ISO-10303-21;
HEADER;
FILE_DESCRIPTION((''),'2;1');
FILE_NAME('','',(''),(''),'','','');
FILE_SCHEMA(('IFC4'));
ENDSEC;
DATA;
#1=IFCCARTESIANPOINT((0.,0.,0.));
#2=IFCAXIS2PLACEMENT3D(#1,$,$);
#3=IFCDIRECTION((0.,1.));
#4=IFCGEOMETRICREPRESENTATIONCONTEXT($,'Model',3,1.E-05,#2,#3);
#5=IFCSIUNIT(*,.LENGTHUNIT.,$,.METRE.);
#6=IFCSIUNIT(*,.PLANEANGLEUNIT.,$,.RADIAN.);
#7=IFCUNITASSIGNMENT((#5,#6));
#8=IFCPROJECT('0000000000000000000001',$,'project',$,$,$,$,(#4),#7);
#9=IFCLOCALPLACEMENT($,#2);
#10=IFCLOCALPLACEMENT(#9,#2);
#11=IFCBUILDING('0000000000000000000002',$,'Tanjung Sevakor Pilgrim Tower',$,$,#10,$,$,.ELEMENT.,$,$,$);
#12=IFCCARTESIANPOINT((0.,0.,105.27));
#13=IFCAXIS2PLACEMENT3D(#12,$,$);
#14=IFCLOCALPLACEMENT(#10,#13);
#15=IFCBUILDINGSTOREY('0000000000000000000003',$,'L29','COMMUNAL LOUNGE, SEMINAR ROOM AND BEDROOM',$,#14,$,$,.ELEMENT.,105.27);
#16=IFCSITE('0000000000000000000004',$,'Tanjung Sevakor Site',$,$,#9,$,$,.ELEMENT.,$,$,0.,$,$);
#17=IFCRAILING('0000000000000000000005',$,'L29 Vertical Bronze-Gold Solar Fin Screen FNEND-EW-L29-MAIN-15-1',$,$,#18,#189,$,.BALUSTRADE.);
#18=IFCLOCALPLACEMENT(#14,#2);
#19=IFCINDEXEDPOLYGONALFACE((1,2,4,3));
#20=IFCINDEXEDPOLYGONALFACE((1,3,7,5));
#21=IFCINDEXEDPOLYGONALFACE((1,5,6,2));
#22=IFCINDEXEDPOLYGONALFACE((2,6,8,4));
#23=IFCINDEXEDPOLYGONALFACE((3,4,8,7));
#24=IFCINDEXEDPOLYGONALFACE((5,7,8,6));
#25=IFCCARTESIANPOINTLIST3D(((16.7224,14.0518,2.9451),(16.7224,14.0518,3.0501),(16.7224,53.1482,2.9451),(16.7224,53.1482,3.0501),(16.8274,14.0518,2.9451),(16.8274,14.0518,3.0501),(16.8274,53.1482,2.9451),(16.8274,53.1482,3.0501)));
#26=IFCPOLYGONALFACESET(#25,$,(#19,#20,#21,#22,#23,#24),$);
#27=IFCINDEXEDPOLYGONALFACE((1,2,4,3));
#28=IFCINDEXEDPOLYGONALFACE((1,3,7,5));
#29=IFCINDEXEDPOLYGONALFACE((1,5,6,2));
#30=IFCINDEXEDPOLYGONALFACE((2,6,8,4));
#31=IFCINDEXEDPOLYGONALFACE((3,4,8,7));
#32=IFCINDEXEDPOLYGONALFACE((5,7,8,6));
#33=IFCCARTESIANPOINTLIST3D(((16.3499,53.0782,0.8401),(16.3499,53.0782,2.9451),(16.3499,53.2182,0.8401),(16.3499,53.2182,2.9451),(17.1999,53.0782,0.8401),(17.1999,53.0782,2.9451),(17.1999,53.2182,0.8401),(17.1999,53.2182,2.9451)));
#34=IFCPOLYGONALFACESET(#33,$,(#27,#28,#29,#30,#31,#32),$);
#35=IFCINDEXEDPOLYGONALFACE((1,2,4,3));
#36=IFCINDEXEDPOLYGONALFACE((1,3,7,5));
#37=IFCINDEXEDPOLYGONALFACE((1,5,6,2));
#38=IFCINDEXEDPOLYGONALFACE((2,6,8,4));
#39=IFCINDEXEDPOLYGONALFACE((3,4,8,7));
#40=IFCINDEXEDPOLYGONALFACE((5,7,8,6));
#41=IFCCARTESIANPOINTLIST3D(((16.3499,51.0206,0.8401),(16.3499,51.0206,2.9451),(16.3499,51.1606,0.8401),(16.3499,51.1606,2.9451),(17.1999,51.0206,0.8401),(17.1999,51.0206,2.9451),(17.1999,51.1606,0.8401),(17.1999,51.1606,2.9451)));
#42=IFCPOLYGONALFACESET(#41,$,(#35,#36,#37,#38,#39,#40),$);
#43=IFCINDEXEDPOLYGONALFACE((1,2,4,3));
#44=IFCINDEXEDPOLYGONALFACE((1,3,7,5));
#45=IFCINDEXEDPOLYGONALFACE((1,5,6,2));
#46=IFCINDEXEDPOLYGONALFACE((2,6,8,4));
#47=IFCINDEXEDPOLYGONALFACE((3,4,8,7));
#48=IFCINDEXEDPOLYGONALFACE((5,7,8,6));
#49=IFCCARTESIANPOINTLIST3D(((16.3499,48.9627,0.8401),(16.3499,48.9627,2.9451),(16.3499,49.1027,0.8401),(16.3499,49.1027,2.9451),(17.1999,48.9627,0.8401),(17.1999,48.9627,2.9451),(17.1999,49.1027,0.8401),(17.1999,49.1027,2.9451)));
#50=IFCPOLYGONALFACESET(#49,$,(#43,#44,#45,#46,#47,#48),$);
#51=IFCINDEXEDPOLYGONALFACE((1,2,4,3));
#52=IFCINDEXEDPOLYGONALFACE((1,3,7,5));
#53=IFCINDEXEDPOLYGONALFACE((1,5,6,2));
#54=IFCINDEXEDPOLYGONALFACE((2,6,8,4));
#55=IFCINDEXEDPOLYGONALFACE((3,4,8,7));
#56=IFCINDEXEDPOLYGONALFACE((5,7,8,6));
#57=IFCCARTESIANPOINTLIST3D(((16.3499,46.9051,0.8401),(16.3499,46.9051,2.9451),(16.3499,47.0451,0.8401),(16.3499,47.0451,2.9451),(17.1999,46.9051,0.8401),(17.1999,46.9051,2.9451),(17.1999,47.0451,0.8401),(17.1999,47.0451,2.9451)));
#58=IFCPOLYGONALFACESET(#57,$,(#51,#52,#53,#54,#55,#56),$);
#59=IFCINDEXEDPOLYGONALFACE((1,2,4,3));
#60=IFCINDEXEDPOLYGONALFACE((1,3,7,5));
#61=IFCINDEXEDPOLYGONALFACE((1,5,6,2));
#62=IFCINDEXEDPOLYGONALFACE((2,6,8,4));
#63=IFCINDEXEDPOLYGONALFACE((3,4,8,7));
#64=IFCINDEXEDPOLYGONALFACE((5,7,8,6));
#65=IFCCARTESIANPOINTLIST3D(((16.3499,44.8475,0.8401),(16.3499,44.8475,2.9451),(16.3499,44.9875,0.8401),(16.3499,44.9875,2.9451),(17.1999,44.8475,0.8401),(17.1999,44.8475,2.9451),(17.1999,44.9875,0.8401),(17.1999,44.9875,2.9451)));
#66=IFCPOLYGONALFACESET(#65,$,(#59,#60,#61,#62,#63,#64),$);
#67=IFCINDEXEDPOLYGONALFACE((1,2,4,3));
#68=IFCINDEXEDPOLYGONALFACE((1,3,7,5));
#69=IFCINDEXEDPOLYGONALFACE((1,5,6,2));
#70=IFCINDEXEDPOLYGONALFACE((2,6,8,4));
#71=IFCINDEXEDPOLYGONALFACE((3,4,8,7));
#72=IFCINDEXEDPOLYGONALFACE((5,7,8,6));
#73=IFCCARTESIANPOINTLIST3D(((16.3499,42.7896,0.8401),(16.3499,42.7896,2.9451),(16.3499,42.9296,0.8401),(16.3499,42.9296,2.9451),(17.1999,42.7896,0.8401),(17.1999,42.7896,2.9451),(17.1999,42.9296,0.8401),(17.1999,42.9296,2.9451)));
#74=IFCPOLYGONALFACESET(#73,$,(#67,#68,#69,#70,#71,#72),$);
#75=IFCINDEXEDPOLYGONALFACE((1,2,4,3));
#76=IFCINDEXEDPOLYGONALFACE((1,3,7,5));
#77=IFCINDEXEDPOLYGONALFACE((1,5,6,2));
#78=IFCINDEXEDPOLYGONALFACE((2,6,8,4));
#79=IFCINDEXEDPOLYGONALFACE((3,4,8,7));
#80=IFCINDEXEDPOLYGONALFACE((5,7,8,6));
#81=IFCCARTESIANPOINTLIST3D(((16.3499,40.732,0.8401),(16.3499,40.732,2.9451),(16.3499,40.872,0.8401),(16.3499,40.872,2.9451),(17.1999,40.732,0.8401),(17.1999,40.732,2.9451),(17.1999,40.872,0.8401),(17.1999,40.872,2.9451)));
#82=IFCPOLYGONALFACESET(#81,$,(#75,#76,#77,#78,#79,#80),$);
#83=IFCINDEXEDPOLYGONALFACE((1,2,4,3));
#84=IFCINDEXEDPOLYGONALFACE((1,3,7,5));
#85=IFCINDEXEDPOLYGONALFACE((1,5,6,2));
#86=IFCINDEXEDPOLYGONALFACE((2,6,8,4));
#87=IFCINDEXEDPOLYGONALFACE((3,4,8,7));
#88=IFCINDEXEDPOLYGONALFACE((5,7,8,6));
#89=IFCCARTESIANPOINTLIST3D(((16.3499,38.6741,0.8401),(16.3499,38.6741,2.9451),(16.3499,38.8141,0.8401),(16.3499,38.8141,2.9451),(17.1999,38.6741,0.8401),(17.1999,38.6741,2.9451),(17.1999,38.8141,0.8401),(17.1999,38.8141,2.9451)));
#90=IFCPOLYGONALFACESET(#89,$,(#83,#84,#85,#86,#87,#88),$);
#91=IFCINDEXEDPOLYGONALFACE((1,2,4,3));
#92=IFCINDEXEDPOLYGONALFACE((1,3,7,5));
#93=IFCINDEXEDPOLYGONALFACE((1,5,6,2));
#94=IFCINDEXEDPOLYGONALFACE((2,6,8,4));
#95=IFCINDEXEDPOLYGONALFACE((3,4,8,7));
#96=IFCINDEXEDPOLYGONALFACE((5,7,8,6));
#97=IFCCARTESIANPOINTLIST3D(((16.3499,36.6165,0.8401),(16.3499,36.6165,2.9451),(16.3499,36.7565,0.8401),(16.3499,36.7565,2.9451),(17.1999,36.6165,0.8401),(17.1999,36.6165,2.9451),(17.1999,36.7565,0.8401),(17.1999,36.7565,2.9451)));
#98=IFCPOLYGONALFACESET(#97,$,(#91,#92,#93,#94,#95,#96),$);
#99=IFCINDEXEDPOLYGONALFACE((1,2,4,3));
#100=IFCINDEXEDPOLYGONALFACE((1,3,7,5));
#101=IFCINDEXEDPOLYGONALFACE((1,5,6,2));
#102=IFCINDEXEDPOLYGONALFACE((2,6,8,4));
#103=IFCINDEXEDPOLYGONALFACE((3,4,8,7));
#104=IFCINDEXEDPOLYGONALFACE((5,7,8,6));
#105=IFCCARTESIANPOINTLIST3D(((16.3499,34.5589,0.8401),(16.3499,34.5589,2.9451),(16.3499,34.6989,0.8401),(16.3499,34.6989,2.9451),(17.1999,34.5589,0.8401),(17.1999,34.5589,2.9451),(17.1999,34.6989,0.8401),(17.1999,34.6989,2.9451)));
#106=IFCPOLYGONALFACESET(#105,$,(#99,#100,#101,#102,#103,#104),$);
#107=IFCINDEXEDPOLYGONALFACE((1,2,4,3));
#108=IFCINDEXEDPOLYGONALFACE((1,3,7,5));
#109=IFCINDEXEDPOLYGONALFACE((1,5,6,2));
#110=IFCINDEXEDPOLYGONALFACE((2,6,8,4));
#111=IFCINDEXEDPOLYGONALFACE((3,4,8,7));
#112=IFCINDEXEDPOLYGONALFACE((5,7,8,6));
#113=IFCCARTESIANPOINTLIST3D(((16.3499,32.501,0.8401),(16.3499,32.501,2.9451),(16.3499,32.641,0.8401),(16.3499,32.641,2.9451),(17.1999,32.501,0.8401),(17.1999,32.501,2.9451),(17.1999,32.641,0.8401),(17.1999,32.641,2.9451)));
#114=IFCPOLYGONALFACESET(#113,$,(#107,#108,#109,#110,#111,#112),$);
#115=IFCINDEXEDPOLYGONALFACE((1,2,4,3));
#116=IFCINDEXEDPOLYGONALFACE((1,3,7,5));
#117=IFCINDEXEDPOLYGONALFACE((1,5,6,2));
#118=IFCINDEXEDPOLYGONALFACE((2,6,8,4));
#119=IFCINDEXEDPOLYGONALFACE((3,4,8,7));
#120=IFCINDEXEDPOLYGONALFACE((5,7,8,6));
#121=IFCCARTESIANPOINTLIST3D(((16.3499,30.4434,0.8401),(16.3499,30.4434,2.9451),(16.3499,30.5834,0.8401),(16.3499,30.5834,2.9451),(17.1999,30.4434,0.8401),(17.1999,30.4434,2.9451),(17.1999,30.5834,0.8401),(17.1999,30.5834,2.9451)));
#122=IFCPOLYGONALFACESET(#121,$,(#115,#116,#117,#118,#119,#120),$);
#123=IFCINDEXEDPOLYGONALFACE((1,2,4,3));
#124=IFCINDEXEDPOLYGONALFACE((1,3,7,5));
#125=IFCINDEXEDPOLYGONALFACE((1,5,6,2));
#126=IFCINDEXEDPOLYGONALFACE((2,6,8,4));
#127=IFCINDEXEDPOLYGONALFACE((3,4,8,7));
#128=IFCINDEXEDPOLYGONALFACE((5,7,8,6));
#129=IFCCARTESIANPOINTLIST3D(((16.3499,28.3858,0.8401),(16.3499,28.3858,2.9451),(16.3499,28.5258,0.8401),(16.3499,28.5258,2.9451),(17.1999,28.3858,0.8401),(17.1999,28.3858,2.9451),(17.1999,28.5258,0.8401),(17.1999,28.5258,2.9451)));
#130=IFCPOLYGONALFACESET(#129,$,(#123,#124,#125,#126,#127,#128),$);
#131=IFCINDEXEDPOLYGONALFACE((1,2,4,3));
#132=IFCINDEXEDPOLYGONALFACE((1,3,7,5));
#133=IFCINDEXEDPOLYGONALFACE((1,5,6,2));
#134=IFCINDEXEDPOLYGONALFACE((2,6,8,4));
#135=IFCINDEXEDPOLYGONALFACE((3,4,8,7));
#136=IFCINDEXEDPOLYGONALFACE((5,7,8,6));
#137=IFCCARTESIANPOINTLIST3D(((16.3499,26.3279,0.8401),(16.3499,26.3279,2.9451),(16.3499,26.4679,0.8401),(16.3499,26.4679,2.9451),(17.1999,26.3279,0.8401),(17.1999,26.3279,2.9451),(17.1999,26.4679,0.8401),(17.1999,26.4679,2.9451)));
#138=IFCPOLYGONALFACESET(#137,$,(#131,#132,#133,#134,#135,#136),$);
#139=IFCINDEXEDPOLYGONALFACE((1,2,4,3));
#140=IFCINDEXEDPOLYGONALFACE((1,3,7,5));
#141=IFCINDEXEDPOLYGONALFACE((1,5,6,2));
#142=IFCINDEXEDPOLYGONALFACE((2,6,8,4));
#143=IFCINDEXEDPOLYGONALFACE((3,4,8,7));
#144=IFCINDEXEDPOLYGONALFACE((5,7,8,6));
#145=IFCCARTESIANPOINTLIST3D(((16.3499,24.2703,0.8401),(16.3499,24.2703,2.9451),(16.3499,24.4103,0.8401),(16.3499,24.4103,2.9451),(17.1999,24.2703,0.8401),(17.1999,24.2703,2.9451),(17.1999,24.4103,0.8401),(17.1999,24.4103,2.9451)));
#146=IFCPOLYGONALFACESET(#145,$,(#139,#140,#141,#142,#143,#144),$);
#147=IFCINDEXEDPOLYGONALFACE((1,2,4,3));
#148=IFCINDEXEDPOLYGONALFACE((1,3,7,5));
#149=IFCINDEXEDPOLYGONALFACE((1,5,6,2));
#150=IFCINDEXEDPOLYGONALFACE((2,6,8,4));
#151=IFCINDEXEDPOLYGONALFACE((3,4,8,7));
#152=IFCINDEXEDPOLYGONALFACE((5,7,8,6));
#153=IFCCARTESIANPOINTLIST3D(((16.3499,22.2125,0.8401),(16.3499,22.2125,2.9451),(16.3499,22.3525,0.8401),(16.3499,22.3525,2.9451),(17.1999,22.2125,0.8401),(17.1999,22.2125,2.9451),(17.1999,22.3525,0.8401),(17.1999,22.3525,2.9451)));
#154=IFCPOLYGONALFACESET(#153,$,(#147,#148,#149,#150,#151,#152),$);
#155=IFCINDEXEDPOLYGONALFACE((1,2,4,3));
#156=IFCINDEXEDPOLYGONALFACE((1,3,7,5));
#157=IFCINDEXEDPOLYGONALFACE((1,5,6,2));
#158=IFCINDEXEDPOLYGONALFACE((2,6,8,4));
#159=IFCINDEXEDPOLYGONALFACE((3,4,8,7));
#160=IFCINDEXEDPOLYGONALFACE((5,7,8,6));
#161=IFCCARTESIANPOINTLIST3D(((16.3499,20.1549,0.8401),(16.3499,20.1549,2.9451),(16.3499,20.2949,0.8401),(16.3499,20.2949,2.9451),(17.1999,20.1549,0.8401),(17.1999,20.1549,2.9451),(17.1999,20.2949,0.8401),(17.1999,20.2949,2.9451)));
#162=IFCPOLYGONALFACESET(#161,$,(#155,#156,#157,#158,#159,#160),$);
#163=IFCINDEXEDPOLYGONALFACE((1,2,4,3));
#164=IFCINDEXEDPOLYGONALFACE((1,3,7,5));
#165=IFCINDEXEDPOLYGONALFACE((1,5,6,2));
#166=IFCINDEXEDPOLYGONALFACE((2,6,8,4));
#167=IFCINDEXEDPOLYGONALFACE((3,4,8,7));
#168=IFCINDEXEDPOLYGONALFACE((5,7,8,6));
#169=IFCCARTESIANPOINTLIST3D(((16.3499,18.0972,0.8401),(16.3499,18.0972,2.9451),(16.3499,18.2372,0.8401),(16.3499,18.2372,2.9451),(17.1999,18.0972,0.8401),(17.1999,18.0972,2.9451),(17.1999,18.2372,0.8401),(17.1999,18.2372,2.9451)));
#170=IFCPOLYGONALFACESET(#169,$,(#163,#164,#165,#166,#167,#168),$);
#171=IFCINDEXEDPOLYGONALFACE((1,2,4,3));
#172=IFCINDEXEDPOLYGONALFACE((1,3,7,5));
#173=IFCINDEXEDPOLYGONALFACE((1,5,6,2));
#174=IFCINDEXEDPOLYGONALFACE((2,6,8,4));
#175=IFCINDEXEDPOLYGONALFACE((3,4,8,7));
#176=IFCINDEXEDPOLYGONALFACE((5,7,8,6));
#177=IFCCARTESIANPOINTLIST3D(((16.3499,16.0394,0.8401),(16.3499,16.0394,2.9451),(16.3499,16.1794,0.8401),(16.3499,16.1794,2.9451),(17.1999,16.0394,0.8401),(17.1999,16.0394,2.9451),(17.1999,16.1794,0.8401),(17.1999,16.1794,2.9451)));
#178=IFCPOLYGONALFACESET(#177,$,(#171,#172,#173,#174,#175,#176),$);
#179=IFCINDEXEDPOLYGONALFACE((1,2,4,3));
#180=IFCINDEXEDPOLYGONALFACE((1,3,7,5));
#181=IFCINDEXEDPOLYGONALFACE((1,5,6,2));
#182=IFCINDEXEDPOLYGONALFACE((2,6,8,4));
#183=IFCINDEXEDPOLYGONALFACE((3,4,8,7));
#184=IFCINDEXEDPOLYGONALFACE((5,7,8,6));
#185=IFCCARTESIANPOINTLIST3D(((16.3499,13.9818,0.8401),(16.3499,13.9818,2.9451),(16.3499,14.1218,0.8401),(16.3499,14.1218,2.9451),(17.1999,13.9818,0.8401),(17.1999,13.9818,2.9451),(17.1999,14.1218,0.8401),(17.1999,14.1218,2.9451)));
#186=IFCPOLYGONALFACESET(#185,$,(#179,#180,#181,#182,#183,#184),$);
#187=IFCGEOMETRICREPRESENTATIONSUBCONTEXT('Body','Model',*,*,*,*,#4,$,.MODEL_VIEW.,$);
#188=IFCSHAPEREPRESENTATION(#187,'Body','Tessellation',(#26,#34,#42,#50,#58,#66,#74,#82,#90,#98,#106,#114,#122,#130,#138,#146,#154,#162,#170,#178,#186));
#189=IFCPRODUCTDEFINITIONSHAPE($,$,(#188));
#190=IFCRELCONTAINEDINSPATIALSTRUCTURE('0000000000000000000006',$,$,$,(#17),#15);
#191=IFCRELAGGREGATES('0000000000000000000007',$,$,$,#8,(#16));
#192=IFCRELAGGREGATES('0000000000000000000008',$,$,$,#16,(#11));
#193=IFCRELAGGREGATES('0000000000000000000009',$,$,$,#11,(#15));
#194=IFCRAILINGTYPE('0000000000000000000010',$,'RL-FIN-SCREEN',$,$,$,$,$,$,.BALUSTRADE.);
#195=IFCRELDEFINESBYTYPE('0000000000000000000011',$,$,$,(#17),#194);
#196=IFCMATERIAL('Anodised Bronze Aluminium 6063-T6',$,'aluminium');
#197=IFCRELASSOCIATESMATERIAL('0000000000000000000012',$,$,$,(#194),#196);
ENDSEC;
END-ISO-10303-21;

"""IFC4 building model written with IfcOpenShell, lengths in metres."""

from ifc_helpers import new_model, si_unit, direction, frame, origin, place, context, subcontext, project, spatial, rectangle, extrude, material, type_object, element, save


model = new_model("IFC4")

# Units and contexts
model_context = context("Model", 3, precision=1e-05, world=origin(), true_north=direction((0.0, 1.0)))
body_context = subcontext(model_context, "Body", "Model", "MODEL_VIEW")
ifc_project = project(units=[si_unit("LENGTHUNIT", "METRE"), si_unit("PLANEANGLEUNIT", "RADIAN")], contexts=[model_context])

# Site, building, storey
site_placement = place(None, origin())
site = spatial("IfcSite", under=ifc_project, at=site_placement, Name="Tanjung Sevakor Site", CompositionType="ELEMENT", RefElevation=0.0)
building_placement = place(site_placement, origin())
building = spatial("IfcBuilding", under=site, at=building_placement, Name="Tanjung Sevakor Pilgrim Tower", CompositionType="ELEMENT")
storey_placement = place(building_placement, frame((0.0, 0.0, 105.27)))
storey = spatial("IfcBuildingStorey", under=building, at=storey_placement, Name="L29", Description="COMMUNAL LOUNGE, SEMINAR ROOM AND BEDROOM", CompositionType="ELEMENT", Elevation=105.27)

# Railing
ifc_material_1 = material(Name="Anodised Bronze Aluminium 6063-T6", Category="aluminium")
railing_type_1 = type_object("IfcRailingType", Name="RL-FIN-SCREEN", PredefinedType="BALUSTRADE", material=ifc_material_1)
railing_1_placement = place(storey_placement, frame((16.7749, 53.1482, 0.8401)))
element("IfcRailing", 1, at=railing_1_placement, inside=storey, type_object=railing_type_1, Name="L29 Vertical Bronze-Gold Solar Fin Screen FNEND-EW-L29-MAIN-15-1", PredefinedType="BALUSTRADE", context=body_context, shape_type="SweptSolid", body=[
    extrude(rectangle(XDim=0.105, YDim=0.105), frame((0.0, 0.0, 2.1575), z_axis=(0.0, -1.0, 0.0), x_axis=(1.0, 0.0, 0.0)), (0.0, 0.0, 1.0), 39.0964),
    extrude(rectangle(XDim=0.85, YDim=0.14), origin(), (0.0, 0.0, 1.0), 2.105),
    extrude(rectangle(XDim=0.85, YDim=0.14), frame((0.0, -2.0576, 0.0)), (0.0, 0.0, 1.0), 2.105),
    extrude(rectangle(XDim=0.85, YDim=0.14), frame((0.0, -4.1155, 0.0)), (0.0, 0.0, 1.0), 2.105),
    extrude(rectangle(XDim=0.85, YDim=0.14), frame((0.0, -6.1731, 0.0)), (0.0, 0.0, 1.0), 2.105),
    extrude(rectangle(XDim=0.85, YDim=0.14), frame((0.0, -8.2307, 0.0)), (0.0, 0.0, 1.0), 2.105),
    extrude(rectangle(XDim=0.85, YDim=0.14), frame((0.0, -10.2886, 0.0)), (0.0, 0.0, 1.0), 2.105),
    extrude(rectangle(XDim=0.85, YDim=0.14), frame((0.0, -12.3462, 0.0)), (0.0, 0.0, 1.0), 2.105),
    extrude(rectangle(XDim=0.85, YDim=0.14), frame((0.0, -14.4041, 0.0)), (0.0, 0.0, 1.0), 2.105),
    extrude(rectangle(XDim=0.85, YDim=0.14), frame((0.0, -16.4617, 0.0)), (0.0, 0.0, 1.0), 2.105),
    extrude(rectangle(XDim=0.85, YDim=0.14), frame((0.0, -18.5193, 0.0)), (0.0, 0.0, 1.0), 2.105),
    extrude(rectangle(XDim=0.85, YDim=0.14), frame((0.0, -20.5771, 0.0)), (0.0, 0.0, 1.0), 2.105),
    extrude(rectangle(XDim=0.85, YDim=0.14), frame((0.0, -22.6348, 0.0)), (0.0, 0.0, 1.0), 2.105),
    extrude(rectangle(XDim=0.85, YDim=0.14), frame((0.0, -24.6924, 0.0)), (0.0, 0.0, 1.0), 2.105),
    extrude(rectangle(XDim=0.85, YDim=0.14), frame((0.0, -26.7502, 0.0)), (0.0, 0.0, 1.0), 2.105),
    extrude(rectangle(XDim=0.85, YDim=0.14), frame((0.0, -28.8079, 0.0)), (0.0, 0.0, 1.0), 2.105),
    extrude(rectangle(XDim=0.85, YDim=0.14), frame((0.0, -30.8657, 0.0)), (0.0, 0.0, 1.0), 2.105),
    extrude(rectangle(XDim=0.85, YDim=0.14), frame((0.0, -32.9233, 0.0)), (0.0, 0.0, 1.0), 2.105),
    extrude(rectangle(XDim=0.85, YDim=0.14), frame((0.0, -34.981, 0.0)), (0.0, 0.0, 1.0), 2.105),
    extrude(rectangle(XDim=0.85, YDim=0.14), frame((0.0, -37.0388, 0.0)), (0.0, 0.0, 1.0), 2.105),
    extrude(rectangle(XDim=0.85, YDim=0.14), frame((0.0, -39.0964, 0.0)), (0.0, 0.0, 1.0), 2.105),
])

save(model, "model.ifc")
